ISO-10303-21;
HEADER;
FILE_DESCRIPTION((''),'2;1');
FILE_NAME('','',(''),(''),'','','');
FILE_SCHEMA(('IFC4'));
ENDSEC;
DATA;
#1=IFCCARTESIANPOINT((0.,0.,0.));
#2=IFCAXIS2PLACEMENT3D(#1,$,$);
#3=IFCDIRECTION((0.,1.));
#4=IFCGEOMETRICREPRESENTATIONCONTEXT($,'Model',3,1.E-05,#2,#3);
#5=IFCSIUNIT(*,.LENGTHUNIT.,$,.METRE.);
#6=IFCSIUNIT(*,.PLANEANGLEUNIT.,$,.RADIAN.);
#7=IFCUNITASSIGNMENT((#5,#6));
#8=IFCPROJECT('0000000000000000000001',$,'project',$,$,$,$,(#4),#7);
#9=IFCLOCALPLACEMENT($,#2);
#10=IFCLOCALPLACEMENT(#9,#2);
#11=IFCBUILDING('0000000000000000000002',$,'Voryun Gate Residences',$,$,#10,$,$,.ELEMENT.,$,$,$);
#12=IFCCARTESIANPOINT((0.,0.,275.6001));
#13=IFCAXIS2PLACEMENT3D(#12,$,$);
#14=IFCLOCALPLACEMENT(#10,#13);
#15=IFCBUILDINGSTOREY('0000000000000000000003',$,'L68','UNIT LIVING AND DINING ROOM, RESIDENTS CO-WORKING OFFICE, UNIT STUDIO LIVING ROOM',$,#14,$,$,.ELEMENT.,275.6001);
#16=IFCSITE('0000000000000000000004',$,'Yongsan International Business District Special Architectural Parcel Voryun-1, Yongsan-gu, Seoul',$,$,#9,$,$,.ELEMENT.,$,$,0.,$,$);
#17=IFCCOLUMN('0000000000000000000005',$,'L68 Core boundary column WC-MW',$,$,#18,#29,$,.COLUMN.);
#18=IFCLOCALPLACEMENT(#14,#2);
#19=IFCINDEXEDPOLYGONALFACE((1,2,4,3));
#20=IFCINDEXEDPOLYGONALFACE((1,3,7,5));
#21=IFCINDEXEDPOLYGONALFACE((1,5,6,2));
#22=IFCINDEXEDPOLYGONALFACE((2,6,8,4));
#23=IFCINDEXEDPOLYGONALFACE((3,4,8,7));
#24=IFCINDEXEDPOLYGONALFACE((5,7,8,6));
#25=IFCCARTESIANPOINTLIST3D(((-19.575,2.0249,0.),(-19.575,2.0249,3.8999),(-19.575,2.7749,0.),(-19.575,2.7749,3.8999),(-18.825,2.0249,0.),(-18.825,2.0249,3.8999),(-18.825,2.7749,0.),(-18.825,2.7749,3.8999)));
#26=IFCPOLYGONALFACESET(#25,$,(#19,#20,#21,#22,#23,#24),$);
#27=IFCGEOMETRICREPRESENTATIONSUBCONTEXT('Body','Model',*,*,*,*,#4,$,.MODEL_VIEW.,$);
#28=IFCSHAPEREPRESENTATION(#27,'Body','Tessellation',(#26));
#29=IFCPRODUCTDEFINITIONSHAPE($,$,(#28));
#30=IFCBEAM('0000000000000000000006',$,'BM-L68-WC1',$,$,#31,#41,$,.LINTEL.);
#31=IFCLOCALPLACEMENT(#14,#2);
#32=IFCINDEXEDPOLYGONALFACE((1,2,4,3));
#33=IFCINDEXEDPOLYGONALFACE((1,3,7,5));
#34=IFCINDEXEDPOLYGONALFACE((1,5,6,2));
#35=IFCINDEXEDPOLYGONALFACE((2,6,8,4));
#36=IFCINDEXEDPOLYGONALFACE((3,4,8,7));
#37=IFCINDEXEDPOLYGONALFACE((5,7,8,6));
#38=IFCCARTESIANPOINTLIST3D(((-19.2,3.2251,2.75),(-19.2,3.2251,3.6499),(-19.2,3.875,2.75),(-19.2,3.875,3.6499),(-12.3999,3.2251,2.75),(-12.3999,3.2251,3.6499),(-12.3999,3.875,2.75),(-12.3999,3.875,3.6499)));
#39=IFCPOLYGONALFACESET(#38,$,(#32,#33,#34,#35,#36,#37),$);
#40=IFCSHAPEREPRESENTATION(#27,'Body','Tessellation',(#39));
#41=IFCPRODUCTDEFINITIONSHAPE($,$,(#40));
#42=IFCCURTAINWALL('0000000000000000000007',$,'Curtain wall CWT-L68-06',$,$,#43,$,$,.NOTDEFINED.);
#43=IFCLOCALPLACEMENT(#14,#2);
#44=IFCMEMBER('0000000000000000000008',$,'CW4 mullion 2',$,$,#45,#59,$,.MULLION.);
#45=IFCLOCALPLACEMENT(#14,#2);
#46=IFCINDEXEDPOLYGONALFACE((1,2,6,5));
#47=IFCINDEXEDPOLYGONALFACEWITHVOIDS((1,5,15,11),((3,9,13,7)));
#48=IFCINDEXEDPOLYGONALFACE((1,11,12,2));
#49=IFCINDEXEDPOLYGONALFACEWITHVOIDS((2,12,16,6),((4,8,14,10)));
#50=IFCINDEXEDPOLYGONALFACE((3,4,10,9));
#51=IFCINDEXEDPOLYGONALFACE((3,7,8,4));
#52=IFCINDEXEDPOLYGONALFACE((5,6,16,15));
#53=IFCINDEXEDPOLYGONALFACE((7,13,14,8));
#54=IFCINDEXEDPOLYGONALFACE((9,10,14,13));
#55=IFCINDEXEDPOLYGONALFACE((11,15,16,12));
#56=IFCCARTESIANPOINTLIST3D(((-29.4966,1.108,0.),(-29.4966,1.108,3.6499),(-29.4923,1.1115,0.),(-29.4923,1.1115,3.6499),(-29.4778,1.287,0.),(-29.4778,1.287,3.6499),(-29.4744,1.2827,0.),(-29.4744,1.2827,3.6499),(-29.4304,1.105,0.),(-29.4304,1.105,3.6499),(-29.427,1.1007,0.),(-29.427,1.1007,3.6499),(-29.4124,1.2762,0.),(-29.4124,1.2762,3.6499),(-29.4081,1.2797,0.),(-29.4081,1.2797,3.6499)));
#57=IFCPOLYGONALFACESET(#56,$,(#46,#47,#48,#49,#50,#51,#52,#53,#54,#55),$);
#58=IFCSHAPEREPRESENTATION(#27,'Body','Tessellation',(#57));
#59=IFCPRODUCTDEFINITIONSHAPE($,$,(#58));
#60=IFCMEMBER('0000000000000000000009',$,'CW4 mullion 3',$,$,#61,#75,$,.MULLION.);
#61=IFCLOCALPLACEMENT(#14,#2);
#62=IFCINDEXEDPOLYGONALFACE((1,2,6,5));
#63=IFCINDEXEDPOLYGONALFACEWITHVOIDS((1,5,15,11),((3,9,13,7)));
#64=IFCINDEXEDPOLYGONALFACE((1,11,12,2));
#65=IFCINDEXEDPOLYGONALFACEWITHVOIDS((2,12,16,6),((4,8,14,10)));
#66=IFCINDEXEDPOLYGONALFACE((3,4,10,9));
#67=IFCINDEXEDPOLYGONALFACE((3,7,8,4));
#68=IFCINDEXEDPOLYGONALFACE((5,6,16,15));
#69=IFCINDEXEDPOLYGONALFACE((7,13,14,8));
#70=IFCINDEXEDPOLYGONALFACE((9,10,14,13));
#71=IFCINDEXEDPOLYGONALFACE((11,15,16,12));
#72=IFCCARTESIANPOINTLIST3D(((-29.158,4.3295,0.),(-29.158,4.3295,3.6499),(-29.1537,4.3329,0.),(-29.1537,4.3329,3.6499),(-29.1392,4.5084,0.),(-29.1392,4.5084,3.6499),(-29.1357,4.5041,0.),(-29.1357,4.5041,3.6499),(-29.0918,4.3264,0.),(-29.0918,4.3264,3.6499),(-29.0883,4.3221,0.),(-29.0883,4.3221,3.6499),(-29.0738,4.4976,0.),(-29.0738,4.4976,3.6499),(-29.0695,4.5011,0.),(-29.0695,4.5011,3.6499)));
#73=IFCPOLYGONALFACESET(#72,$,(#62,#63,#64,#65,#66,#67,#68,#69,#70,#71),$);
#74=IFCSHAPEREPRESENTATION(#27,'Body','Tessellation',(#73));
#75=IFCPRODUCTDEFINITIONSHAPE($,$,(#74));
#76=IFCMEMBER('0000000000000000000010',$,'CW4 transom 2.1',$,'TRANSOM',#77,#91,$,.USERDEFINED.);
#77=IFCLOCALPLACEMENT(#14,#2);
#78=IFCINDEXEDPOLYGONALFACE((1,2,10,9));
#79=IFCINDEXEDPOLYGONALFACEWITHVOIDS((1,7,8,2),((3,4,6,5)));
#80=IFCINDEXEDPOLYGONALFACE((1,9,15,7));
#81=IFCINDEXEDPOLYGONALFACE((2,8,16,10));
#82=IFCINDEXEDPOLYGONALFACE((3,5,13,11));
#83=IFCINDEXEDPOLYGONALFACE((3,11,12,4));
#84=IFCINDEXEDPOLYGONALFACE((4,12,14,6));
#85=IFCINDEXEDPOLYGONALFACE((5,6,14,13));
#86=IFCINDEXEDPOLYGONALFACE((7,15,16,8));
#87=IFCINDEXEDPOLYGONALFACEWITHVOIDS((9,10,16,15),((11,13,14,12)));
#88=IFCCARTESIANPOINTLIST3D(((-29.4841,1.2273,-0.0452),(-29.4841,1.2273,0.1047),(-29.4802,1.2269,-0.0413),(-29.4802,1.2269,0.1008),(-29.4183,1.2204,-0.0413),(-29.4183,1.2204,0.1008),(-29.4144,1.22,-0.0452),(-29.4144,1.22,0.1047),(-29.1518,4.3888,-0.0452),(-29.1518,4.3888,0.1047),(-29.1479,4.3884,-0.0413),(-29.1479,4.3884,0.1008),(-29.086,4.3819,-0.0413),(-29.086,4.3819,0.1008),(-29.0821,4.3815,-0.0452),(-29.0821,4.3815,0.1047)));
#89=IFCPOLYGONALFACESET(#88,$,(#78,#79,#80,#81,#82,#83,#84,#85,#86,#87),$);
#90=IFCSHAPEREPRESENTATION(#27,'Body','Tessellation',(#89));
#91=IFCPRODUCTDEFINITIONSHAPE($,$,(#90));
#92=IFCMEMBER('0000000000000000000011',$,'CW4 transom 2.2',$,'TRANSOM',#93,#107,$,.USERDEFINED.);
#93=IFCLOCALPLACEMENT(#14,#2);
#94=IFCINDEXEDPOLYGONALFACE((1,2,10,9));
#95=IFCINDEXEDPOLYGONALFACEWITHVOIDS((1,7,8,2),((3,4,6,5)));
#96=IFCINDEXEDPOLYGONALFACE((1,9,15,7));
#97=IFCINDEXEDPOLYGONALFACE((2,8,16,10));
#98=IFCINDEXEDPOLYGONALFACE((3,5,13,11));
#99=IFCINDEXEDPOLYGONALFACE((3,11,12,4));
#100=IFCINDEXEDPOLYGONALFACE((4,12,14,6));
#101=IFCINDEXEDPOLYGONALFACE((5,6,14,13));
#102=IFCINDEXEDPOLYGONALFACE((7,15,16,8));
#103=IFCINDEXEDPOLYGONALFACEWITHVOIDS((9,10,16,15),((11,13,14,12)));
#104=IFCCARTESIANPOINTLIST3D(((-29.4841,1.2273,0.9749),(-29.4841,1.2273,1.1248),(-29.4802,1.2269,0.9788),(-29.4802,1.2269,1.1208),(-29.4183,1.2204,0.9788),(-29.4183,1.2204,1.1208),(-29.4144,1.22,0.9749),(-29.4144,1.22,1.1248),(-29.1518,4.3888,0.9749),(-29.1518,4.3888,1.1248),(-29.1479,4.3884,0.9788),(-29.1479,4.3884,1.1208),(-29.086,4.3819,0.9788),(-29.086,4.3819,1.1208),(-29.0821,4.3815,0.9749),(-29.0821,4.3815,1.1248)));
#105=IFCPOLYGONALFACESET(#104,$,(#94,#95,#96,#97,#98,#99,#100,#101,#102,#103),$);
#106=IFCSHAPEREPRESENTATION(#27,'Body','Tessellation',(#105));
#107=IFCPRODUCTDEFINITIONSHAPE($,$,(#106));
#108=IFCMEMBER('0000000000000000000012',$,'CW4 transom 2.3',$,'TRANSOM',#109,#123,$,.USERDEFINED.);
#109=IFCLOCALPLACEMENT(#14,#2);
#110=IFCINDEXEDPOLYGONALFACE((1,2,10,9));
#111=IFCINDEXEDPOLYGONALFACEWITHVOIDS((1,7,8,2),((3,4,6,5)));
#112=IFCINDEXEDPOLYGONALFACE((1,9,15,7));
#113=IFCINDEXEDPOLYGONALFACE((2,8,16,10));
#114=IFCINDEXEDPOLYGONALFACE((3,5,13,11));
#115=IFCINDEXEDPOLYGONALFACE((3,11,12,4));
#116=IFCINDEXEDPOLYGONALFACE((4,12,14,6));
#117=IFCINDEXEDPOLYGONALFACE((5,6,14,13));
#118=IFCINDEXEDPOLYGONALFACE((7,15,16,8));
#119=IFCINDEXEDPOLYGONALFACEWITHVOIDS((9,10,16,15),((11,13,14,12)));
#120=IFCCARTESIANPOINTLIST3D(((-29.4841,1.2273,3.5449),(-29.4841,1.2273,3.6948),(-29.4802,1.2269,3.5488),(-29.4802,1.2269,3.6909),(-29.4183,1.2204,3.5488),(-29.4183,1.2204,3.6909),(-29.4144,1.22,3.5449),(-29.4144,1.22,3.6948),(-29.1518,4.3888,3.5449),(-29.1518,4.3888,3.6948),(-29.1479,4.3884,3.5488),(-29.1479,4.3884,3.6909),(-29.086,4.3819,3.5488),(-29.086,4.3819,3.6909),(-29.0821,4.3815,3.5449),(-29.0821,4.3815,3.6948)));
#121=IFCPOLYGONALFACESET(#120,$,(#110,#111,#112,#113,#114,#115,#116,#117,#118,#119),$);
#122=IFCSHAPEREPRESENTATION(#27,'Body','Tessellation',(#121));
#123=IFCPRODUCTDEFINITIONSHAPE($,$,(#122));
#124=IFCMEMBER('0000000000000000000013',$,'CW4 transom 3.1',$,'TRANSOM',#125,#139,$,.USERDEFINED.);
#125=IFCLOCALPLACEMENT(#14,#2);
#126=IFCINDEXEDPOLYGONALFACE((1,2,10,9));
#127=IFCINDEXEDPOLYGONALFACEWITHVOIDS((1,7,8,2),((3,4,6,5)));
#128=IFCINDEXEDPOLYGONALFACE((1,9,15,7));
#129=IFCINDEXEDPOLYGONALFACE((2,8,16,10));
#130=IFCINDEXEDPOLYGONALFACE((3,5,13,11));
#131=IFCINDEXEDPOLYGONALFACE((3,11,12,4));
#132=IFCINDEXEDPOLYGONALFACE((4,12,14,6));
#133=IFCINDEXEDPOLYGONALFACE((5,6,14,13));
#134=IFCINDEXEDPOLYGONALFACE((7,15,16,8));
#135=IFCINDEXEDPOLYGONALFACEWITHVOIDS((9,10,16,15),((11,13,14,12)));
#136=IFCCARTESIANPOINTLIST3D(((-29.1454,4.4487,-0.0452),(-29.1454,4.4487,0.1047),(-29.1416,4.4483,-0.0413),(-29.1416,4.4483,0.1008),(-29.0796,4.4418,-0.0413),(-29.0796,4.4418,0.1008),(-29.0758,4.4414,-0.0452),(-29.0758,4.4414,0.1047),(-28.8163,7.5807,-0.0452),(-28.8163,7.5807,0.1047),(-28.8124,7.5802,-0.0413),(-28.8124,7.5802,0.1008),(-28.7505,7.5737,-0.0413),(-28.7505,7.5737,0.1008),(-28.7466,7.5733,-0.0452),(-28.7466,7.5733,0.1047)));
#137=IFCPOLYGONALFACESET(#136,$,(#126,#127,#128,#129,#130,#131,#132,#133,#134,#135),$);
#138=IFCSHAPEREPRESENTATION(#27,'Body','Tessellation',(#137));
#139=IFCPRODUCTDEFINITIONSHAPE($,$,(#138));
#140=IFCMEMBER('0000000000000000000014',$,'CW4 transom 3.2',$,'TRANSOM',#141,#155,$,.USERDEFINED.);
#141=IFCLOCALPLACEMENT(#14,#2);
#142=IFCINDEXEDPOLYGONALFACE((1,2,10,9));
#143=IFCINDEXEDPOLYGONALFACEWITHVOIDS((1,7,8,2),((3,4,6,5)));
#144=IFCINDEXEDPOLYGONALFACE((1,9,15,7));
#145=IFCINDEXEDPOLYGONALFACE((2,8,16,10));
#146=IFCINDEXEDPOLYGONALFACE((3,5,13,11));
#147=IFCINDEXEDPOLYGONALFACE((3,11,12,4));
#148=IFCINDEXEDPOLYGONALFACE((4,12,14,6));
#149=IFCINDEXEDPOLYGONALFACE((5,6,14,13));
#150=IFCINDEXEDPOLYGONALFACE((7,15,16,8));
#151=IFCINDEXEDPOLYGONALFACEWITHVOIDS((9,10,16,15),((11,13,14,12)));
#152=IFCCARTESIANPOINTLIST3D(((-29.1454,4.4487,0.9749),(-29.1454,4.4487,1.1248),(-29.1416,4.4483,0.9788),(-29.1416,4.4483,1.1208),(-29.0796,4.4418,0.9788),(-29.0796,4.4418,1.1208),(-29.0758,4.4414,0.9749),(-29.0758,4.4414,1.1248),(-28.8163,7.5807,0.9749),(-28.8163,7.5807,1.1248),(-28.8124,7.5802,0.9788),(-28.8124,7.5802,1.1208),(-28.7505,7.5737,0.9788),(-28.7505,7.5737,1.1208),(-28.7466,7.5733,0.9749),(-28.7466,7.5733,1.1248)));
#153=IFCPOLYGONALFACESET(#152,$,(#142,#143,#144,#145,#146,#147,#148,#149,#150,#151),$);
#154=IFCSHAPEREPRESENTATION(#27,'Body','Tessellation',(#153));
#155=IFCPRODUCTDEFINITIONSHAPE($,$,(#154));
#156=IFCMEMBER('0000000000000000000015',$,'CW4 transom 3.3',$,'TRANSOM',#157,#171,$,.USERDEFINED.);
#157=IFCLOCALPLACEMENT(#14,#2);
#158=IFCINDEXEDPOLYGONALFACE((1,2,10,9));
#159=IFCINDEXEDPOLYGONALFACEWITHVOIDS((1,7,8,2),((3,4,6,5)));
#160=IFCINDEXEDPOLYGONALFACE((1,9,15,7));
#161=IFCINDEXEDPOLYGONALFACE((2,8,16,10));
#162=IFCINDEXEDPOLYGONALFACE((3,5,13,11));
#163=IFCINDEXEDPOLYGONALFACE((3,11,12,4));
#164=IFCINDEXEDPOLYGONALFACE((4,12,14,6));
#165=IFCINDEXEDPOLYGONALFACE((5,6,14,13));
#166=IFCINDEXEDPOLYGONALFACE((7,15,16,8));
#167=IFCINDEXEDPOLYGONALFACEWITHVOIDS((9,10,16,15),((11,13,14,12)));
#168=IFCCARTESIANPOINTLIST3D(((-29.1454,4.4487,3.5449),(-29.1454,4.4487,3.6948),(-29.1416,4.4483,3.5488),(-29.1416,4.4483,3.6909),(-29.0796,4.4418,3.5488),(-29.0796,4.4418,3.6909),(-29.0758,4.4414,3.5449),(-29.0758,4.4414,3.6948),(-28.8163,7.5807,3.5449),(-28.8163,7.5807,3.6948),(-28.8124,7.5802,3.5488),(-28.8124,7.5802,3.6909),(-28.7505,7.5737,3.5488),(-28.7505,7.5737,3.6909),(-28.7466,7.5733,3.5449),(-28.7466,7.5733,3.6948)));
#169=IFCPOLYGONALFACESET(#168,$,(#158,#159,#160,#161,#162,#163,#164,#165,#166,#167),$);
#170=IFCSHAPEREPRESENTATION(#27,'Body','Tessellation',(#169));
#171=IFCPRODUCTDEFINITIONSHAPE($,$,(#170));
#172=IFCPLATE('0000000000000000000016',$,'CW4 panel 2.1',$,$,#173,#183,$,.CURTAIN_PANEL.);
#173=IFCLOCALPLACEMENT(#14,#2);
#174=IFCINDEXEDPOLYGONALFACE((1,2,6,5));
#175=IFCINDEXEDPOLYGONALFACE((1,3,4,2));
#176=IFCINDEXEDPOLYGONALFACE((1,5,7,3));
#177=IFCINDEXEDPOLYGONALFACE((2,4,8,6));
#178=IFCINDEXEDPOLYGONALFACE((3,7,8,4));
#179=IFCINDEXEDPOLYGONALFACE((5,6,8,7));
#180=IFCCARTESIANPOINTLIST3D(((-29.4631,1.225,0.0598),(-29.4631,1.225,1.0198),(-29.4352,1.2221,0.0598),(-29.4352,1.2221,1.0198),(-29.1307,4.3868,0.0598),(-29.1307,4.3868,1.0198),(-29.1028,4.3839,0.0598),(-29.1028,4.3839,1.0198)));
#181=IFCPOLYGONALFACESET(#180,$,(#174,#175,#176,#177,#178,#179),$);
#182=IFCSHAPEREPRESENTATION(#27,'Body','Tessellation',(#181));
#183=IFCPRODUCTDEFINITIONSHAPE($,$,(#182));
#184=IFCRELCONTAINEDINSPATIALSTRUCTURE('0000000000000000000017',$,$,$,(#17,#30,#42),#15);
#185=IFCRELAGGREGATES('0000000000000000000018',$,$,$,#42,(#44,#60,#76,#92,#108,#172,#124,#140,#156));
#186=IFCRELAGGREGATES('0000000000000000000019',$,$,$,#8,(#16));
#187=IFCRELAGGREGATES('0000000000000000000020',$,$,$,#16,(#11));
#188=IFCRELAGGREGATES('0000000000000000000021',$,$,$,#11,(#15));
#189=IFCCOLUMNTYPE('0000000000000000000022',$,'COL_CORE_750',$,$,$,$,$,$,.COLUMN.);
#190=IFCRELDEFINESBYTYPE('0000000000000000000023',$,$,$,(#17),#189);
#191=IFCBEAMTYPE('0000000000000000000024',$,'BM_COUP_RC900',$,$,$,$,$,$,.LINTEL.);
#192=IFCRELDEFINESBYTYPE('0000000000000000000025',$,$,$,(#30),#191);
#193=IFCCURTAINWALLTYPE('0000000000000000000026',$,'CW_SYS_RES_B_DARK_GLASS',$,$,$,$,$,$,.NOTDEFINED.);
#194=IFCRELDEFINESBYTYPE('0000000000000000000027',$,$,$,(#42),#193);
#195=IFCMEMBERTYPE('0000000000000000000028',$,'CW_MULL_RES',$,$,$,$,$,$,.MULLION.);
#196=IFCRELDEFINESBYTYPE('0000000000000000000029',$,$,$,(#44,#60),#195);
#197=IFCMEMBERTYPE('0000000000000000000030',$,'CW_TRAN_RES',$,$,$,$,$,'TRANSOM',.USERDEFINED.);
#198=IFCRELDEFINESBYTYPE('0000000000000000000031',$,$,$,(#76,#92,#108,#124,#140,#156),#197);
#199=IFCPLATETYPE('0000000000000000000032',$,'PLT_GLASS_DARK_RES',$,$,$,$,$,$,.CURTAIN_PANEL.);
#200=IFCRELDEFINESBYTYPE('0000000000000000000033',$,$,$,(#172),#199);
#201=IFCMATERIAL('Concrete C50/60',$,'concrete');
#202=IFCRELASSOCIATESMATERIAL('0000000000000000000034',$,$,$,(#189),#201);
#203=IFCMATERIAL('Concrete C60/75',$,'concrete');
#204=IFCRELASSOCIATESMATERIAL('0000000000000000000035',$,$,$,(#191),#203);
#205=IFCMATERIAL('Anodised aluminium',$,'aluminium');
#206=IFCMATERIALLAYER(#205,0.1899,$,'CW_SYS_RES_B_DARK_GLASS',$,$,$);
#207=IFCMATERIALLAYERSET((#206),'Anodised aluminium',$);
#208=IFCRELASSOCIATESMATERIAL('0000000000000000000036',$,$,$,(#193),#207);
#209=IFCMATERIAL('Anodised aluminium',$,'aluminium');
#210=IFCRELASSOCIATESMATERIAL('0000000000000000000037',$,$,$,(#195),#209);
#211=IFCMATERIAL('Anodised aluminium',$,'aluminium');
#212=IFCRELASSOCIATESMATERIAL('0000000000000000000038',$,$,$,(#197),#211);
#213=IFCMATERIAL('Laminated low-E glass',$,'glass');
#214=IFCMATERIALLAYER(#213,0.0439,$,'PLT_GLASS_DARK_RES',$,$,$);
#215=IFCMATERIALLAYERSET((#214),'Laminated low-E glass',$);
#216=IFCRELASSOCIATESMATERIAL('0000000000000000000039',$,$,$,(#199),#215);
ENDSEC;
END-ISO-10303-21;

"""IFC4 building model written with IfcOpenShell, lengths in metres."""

from ifc_helpers import new_model, si_unit, direction, frame, origin, origin_2d, place, context, subcontext, project, spatial, rectangle, hollow_rectangle, extrude, material, layer, layer_set, material_profile, profile_set, type_object, element, aggregate, save


model = new_model("IFC4")

# Units and contexts
model_context = context("Model", 3, precision=1e-05, world=origin(), true_north=direction((0.0, 1.0)))
body_context = subcontext(model_context, "Body", "Model", "MODEL_VIEW")
ifc_project = project(units=[si_unit("LENGTHUNIT", "METRE"), si_unit("PLANEANGLEUNIT", "RADIAN")], contexts=[model_context])

# Site, building, storey
site_placement = place(None, origin())
site = spatial("IfcSite", under=ifc_project, at=site_placement, Name="Yongsan International Business District Special Architectural Parcel Voryun-1, Yongsan-gu, Seoul", CompositionType="ELEMENT", RefElevation=0.0)
building_placement = place(site_placement, origin())
building = spatial("IfcBuilding", under=site, at=building_placement, Name="Voryun Gate Residences", CompositionType="ELEMENT")
storey_placement = place(building_placement, frame((0.0, 0.0, 275.6001)))
storey = spatial("IfcBuildingStorey", under=building, at=storey_placement, Name="L68", Description="UNIT LIVING AND DINING ROOM, RESIDENTS CO-WORKING OFFICE, UNIT STUDIO LIVING ROOM", CompositionType="ELEMENT", Elevation=275.6001)

# Column
ifc_material_1 = material(Name="Concrete C50/60", Category="concrete")
ifc_material_profile_1 = material_profile(ifc_material_1, rectangle(XDim=0.75, YDim=0.75, at=origin_2d()), Name="RC-750x750")
ifc_profile_set_1 = profile_set([ifc_material_profile_1], Name="Concrete C50/60")
column_type = type_object("IfcColumnType", Name="COL_CORE_750", PredefinedType="COLUMN", material=ifc_profile_set_1)
column_placement = place(storey_placement, frame((-19.2, 2.3999, 0.0), z_axis=(0.0, 0.0, 1.0), x_axis=(1.0, 0.0, 0.0)))
element("IfcColumn", 1, at=column_placement, inside=storey, type_object=column_type, Name="L68 Core boundary column WC-MW", PredefinedType="COLUMN", context=body_context, shape_type="SweptSolid", body=[
    extrude(rectangle(XDim=0.75, YDim=0.75, at=origin_2d()), origin(), (0.0, 0.0, 1.0), 3.8999),
])

# Beam
ifc_material_2 = material(Name="Concrete C60/75", Category="concrete")
ifc_material_profile_2 = material_profile(ifc_material_2, rectangle(XDim=0.6499, YDim=0.8999, at=origin_2d()), Name="RC-650x900")
ifc_profile_set_2 = profile_set([ifc_material_profile_2], Name="Concrete C60/75")
beam_type = type_object("IfcBeamType", Name="BM_COUP_RC900", PredefinedType="LINTEL", material=ifc_profile_set_2)
beam_placement = place(storey_placement, frame((-19.2, 3.55, 3.2), z_axis=(1.0, 0.0, 0.0), x_axis=(0.0, 1.0, 0.0)))
element("IfcBeam", 2, at=beam_placement, inside=storey, type_object=beam_type, Name="BM-L68-WC1", PredefinedType="LINTEL", context=body_context, shape_type="SweptSolid", body=[
    extrude(rectangle(XDim=0.6499, YDim=0.8999, at=origin_2d()), origin(), (0.0, 0.0, 1.0), 6.8),
])

# Curtain wall, members, plate
ifc_material_3 = material(Name="Anodised aluminium", Category="aluminium")
ifc_layer_1 = layer(ifc_material_3, 0.1899, Name="CW_SYS_RES_B_DARK_GLASS")
ifc_layer_set_1 = layer_set([ifc_layer_1], Name="Anodised aluminium")
curtain_wall_type = type_object("IfcCurtainWallType", Name="CW_SYS_RES_B_DARK_GLASS", PredefinedType="NOTDEFINED", material=ifc_layer_set_1)
curtain_wall_placement = place(storey_placement, origin())
curtain_wall = element("IfcCurtainWall", 3, at=curtain_wall_placement, inside=storey, type_object=curtain_wall_type, Name="Curtain wall CWT-L68-06", PredefinedType="NOTDEFINED")
ifc_material_4 = material(Name="Anodised aluminium", Category="aluminium")
ifc_material_profile_3 = material_profile(ifc_material_4, hollow_rectangle(XDim=0.0701, YDim=0.1799, WallThickness=0.0039, at=origin_2d()), Name="ALU-MULL-180x70x4")
ifc_profile_set_3 = profile_set([ifc_material_profile_3], Name="Anodised aluminium")
member_type_1 = type_object("IfcMemberType", Name="CW_MULL_RES", PredefinedType="MULLION", material=ifc_profile_set_3)
member_1_placement = place(storey_placement, frame((-29.4524, 1.1938, 0.0), z_axis=(0.0, 0.0, 1.0), x_axis=(-0.994521, 0.104536, 0.0)))
member_1 = element("IfcMember", 4, at=member_1_placement, type_object=member_type_1, Name="CW4 mullion 2", PredefinedType="MULLION", context=body_context, shape_type="SweptSolid", body=[
    extrude(hollow_rectangle(XDim=0.0701, YDim=0.1799, WallThickness=0.0039, at=origin_2d()), origin(), (0.0, 0.0, 1.0), 3.6499),
])
member_2_placement = place(storey_placement, frame((-29.1138, 4.4153, 0.0), z_axis=(0.0, 0.0, 1.0), x_axis=(-0.994521, 0.104536, 0.0)))
member_2 = element("IfcMember", 5, at=member_2_placement, type_object=member_type_1, Name="CW4 mullion 3", PredefinedType="MULLION", context=body_context, shape_type="SweptSolid", body=[
    extrude(hollow_rectangle(XDim=0.0701, YDim=0.1799, WallThickness=0.0039, at=origin_2d()), origin(), (0.0, 0.0, 1.0), 3.6499),
])
ifc_material_5 = material(Name="Anodised aluminium", Category="aluminium")
ifc_material_profile_4 = material_profile(ifc_material_5, hollow_rectangle(XDim=0.0701, YDim=0.1499, WallThickness=0.0039, at=origin_2d()), Name="ALU-TRAN-150x70x4")
ifc_profile_set_4 = profile_set([ifc_material_profile_4], Name="Anodised aluminium")
member_type_2 = type_object("IfcMemberType", Name="CW_TRAN_RES", ElementType="TRANSOM", PredefinedType="USERDEFINED", material=ifc_profile_set_4)
member_3_placement = place(storey_placement, frame((-29.4492, 1.2236, 0.0298), z_axis=(0.104521, 0.994523, 0.0), x_axis=(-0.994523, 0.104521, 0.0)))
member_3 = element("IfcMember", 6, at=member_3_placement, type_object=member_type_2, Name="CW4 transom 2.1", ObjectType="TRANSOM", PredefinedType="USERDEFINED", context=body_context, shape_type="SweptSolid", body=[
    extrude(hollow_rectangle(XDim=0.0701, YDim=0.1499, WallThickness=0.0039, at=origin_2d()), origin(), (0.0, 0.0, 1.0), 3.179),
])
member_4_placement = place(storey_placement, frame((-29.4492, 1.2236, 1.0498), z_axis=(0.104521, 0.994523, 0.0), x_axis=(-0.994523, 0.104521, 0.0)))
member_4 = element("IfcMember", 7, at=member_4_placement, type_object=member_type_2, Name="CW4 transom 2.2", ObjectType="TRANSOM", PredefinedType="USERDEFINED", context=body_context, shape_type="SweptSolid", body=[
    extrude(hollow_rectangle(XDim=0.0701, YDim=0.1499, WallThickness=0.0039, at=origin_2d()), origin(), (0.0, 0.0, 1.0), 3.179),
])
member_5_placement = place(storey_placement, frame((-29.4492, 1.2236, 3.6199), z_axis=(0.104521, 0.994523, 0.0), x_axis=(-0.994523, 0.104521, 0.0)))
member_5 = element("IfcMember", 8, at=member_5_placement, type_object=member_type_2, Name="CW4 transom 2.3", ObjectType="TRANSOM", PredefinedType="USERDEFINED", context=body_context, shape_type="SweptSolid", body=[
    extrude(hollow_rectangle(XDim=0.0701, YDim=0.1499, WallThickness=0.0039, at=origin_2d()), origin(), (0.0, 0.0, 1.0), 3.179),
])
member_6_placement = place(storey_placement, frame((-29.1106, 4.4451, 0.0298), z_axis=(0.104507, 0.994524, 0.0), x_axis=(-0.994524, 0.104507, 0.0)))
member_6 = element("IfcMember", 9, at=member_6_placement, type_object=member_type_2, Name="CW4 transom 3.1", ObjectType="TRANSOM", PredefinedType="USERDEFINED", context=body_context, shape_type="SweptSolid", body=[
    extrude(hollow_rectangle(XDim=0.0701, YDim=0.1499, WallThickness=0.0039, at=origin_2d()), origin(), (0.0, 0.0, 1.0), 3.1492),
])
member_7_placement = place(storey_placement, frame((-29.1106, 4.4451, 1.0498), z_axis=(0.104507, 0.994524, 0.0), x_axis=(-0.994524, 0.104507, 0.0)))
member_7 = element("IfcMember", 10, at=member_7_placement, type_object=member_type_2, Name="CW4 transom 3.2", ObjectType="TRANSOM", PredefinedType="USERDEFINED", context=body_context, shape_type="SweptSolid", body=[
    extrude(hollow_rectangle(XDim=0.0701, YDim=0.1499, WallThickness=0.0039, at=origin_2d()), origin(), (0.0, 0.0, 1.0), 3.1492),
])
member_8_placement = place(storey_placement, frame((-29.1106, 4.4451, 3.6199), z_axis=(0.104507, 0.994524, 0.0), x_axis=(-0.994524, 0.104507, 0.0)))
member_8 = element("IfcMember", 11, at=member_8_placement, type_object=member_type_2, Name="CW4 transom 3.3", ObjectType="TRANSOM", PredefinedType="USERDEFINED", context=body_context, shape_type="SweptSolid", body=[
    extrude(hollow_rectangle(XDim=0.0701, YDim=0.1499, WallThickness=0.0039, at=origin_2d()), origin(), (0.0, 0.0, 1.0), 3.1492),
])
ifc_material_6 = material(Name="Laminated low-E glass", Category="glass")
ifc_layer_2 = layer(ifc_material_6, 0.0439, Name="PLT_GLASS_DARK_RES")
ifc_layer_set_2 = layer_set([ifc_layer_2], Name="Laminated low-E glass")
plate_type = type_object("IfcPlateType", Name="PLT_GLASS_DARK_RES", PredefinedType="CURTAIN_PANEL", material=ifc_layer_set_2)
plate_1_placement = place(storey_placement, frame((-29.283, 2.8044, 0.0598), z_axis=(0.0, 0.0, 1.0), x_axis=(0.104536, 0.994521, 0.0)))
plate_1 = element("IfcPlate", 12, at=plate_1_placement, type_object=plate_type, Name="CW4 panel 2.1", PredefinedType="CURTAIN_PANEL", context=body_context, shape_type="SweptSolid", body=[
    extrude(rectangle(XDim=3.1792, YDim=0.0281, at=origin_2d()), origin(), (0.0, 0.0, 1.0), 0.96),
])
aggregate(curtain_wall, [member_1, member_2, member_3, member_4, member_5, plate_1, member_6, member_7, member_8])

save(model, "model.ifc")
